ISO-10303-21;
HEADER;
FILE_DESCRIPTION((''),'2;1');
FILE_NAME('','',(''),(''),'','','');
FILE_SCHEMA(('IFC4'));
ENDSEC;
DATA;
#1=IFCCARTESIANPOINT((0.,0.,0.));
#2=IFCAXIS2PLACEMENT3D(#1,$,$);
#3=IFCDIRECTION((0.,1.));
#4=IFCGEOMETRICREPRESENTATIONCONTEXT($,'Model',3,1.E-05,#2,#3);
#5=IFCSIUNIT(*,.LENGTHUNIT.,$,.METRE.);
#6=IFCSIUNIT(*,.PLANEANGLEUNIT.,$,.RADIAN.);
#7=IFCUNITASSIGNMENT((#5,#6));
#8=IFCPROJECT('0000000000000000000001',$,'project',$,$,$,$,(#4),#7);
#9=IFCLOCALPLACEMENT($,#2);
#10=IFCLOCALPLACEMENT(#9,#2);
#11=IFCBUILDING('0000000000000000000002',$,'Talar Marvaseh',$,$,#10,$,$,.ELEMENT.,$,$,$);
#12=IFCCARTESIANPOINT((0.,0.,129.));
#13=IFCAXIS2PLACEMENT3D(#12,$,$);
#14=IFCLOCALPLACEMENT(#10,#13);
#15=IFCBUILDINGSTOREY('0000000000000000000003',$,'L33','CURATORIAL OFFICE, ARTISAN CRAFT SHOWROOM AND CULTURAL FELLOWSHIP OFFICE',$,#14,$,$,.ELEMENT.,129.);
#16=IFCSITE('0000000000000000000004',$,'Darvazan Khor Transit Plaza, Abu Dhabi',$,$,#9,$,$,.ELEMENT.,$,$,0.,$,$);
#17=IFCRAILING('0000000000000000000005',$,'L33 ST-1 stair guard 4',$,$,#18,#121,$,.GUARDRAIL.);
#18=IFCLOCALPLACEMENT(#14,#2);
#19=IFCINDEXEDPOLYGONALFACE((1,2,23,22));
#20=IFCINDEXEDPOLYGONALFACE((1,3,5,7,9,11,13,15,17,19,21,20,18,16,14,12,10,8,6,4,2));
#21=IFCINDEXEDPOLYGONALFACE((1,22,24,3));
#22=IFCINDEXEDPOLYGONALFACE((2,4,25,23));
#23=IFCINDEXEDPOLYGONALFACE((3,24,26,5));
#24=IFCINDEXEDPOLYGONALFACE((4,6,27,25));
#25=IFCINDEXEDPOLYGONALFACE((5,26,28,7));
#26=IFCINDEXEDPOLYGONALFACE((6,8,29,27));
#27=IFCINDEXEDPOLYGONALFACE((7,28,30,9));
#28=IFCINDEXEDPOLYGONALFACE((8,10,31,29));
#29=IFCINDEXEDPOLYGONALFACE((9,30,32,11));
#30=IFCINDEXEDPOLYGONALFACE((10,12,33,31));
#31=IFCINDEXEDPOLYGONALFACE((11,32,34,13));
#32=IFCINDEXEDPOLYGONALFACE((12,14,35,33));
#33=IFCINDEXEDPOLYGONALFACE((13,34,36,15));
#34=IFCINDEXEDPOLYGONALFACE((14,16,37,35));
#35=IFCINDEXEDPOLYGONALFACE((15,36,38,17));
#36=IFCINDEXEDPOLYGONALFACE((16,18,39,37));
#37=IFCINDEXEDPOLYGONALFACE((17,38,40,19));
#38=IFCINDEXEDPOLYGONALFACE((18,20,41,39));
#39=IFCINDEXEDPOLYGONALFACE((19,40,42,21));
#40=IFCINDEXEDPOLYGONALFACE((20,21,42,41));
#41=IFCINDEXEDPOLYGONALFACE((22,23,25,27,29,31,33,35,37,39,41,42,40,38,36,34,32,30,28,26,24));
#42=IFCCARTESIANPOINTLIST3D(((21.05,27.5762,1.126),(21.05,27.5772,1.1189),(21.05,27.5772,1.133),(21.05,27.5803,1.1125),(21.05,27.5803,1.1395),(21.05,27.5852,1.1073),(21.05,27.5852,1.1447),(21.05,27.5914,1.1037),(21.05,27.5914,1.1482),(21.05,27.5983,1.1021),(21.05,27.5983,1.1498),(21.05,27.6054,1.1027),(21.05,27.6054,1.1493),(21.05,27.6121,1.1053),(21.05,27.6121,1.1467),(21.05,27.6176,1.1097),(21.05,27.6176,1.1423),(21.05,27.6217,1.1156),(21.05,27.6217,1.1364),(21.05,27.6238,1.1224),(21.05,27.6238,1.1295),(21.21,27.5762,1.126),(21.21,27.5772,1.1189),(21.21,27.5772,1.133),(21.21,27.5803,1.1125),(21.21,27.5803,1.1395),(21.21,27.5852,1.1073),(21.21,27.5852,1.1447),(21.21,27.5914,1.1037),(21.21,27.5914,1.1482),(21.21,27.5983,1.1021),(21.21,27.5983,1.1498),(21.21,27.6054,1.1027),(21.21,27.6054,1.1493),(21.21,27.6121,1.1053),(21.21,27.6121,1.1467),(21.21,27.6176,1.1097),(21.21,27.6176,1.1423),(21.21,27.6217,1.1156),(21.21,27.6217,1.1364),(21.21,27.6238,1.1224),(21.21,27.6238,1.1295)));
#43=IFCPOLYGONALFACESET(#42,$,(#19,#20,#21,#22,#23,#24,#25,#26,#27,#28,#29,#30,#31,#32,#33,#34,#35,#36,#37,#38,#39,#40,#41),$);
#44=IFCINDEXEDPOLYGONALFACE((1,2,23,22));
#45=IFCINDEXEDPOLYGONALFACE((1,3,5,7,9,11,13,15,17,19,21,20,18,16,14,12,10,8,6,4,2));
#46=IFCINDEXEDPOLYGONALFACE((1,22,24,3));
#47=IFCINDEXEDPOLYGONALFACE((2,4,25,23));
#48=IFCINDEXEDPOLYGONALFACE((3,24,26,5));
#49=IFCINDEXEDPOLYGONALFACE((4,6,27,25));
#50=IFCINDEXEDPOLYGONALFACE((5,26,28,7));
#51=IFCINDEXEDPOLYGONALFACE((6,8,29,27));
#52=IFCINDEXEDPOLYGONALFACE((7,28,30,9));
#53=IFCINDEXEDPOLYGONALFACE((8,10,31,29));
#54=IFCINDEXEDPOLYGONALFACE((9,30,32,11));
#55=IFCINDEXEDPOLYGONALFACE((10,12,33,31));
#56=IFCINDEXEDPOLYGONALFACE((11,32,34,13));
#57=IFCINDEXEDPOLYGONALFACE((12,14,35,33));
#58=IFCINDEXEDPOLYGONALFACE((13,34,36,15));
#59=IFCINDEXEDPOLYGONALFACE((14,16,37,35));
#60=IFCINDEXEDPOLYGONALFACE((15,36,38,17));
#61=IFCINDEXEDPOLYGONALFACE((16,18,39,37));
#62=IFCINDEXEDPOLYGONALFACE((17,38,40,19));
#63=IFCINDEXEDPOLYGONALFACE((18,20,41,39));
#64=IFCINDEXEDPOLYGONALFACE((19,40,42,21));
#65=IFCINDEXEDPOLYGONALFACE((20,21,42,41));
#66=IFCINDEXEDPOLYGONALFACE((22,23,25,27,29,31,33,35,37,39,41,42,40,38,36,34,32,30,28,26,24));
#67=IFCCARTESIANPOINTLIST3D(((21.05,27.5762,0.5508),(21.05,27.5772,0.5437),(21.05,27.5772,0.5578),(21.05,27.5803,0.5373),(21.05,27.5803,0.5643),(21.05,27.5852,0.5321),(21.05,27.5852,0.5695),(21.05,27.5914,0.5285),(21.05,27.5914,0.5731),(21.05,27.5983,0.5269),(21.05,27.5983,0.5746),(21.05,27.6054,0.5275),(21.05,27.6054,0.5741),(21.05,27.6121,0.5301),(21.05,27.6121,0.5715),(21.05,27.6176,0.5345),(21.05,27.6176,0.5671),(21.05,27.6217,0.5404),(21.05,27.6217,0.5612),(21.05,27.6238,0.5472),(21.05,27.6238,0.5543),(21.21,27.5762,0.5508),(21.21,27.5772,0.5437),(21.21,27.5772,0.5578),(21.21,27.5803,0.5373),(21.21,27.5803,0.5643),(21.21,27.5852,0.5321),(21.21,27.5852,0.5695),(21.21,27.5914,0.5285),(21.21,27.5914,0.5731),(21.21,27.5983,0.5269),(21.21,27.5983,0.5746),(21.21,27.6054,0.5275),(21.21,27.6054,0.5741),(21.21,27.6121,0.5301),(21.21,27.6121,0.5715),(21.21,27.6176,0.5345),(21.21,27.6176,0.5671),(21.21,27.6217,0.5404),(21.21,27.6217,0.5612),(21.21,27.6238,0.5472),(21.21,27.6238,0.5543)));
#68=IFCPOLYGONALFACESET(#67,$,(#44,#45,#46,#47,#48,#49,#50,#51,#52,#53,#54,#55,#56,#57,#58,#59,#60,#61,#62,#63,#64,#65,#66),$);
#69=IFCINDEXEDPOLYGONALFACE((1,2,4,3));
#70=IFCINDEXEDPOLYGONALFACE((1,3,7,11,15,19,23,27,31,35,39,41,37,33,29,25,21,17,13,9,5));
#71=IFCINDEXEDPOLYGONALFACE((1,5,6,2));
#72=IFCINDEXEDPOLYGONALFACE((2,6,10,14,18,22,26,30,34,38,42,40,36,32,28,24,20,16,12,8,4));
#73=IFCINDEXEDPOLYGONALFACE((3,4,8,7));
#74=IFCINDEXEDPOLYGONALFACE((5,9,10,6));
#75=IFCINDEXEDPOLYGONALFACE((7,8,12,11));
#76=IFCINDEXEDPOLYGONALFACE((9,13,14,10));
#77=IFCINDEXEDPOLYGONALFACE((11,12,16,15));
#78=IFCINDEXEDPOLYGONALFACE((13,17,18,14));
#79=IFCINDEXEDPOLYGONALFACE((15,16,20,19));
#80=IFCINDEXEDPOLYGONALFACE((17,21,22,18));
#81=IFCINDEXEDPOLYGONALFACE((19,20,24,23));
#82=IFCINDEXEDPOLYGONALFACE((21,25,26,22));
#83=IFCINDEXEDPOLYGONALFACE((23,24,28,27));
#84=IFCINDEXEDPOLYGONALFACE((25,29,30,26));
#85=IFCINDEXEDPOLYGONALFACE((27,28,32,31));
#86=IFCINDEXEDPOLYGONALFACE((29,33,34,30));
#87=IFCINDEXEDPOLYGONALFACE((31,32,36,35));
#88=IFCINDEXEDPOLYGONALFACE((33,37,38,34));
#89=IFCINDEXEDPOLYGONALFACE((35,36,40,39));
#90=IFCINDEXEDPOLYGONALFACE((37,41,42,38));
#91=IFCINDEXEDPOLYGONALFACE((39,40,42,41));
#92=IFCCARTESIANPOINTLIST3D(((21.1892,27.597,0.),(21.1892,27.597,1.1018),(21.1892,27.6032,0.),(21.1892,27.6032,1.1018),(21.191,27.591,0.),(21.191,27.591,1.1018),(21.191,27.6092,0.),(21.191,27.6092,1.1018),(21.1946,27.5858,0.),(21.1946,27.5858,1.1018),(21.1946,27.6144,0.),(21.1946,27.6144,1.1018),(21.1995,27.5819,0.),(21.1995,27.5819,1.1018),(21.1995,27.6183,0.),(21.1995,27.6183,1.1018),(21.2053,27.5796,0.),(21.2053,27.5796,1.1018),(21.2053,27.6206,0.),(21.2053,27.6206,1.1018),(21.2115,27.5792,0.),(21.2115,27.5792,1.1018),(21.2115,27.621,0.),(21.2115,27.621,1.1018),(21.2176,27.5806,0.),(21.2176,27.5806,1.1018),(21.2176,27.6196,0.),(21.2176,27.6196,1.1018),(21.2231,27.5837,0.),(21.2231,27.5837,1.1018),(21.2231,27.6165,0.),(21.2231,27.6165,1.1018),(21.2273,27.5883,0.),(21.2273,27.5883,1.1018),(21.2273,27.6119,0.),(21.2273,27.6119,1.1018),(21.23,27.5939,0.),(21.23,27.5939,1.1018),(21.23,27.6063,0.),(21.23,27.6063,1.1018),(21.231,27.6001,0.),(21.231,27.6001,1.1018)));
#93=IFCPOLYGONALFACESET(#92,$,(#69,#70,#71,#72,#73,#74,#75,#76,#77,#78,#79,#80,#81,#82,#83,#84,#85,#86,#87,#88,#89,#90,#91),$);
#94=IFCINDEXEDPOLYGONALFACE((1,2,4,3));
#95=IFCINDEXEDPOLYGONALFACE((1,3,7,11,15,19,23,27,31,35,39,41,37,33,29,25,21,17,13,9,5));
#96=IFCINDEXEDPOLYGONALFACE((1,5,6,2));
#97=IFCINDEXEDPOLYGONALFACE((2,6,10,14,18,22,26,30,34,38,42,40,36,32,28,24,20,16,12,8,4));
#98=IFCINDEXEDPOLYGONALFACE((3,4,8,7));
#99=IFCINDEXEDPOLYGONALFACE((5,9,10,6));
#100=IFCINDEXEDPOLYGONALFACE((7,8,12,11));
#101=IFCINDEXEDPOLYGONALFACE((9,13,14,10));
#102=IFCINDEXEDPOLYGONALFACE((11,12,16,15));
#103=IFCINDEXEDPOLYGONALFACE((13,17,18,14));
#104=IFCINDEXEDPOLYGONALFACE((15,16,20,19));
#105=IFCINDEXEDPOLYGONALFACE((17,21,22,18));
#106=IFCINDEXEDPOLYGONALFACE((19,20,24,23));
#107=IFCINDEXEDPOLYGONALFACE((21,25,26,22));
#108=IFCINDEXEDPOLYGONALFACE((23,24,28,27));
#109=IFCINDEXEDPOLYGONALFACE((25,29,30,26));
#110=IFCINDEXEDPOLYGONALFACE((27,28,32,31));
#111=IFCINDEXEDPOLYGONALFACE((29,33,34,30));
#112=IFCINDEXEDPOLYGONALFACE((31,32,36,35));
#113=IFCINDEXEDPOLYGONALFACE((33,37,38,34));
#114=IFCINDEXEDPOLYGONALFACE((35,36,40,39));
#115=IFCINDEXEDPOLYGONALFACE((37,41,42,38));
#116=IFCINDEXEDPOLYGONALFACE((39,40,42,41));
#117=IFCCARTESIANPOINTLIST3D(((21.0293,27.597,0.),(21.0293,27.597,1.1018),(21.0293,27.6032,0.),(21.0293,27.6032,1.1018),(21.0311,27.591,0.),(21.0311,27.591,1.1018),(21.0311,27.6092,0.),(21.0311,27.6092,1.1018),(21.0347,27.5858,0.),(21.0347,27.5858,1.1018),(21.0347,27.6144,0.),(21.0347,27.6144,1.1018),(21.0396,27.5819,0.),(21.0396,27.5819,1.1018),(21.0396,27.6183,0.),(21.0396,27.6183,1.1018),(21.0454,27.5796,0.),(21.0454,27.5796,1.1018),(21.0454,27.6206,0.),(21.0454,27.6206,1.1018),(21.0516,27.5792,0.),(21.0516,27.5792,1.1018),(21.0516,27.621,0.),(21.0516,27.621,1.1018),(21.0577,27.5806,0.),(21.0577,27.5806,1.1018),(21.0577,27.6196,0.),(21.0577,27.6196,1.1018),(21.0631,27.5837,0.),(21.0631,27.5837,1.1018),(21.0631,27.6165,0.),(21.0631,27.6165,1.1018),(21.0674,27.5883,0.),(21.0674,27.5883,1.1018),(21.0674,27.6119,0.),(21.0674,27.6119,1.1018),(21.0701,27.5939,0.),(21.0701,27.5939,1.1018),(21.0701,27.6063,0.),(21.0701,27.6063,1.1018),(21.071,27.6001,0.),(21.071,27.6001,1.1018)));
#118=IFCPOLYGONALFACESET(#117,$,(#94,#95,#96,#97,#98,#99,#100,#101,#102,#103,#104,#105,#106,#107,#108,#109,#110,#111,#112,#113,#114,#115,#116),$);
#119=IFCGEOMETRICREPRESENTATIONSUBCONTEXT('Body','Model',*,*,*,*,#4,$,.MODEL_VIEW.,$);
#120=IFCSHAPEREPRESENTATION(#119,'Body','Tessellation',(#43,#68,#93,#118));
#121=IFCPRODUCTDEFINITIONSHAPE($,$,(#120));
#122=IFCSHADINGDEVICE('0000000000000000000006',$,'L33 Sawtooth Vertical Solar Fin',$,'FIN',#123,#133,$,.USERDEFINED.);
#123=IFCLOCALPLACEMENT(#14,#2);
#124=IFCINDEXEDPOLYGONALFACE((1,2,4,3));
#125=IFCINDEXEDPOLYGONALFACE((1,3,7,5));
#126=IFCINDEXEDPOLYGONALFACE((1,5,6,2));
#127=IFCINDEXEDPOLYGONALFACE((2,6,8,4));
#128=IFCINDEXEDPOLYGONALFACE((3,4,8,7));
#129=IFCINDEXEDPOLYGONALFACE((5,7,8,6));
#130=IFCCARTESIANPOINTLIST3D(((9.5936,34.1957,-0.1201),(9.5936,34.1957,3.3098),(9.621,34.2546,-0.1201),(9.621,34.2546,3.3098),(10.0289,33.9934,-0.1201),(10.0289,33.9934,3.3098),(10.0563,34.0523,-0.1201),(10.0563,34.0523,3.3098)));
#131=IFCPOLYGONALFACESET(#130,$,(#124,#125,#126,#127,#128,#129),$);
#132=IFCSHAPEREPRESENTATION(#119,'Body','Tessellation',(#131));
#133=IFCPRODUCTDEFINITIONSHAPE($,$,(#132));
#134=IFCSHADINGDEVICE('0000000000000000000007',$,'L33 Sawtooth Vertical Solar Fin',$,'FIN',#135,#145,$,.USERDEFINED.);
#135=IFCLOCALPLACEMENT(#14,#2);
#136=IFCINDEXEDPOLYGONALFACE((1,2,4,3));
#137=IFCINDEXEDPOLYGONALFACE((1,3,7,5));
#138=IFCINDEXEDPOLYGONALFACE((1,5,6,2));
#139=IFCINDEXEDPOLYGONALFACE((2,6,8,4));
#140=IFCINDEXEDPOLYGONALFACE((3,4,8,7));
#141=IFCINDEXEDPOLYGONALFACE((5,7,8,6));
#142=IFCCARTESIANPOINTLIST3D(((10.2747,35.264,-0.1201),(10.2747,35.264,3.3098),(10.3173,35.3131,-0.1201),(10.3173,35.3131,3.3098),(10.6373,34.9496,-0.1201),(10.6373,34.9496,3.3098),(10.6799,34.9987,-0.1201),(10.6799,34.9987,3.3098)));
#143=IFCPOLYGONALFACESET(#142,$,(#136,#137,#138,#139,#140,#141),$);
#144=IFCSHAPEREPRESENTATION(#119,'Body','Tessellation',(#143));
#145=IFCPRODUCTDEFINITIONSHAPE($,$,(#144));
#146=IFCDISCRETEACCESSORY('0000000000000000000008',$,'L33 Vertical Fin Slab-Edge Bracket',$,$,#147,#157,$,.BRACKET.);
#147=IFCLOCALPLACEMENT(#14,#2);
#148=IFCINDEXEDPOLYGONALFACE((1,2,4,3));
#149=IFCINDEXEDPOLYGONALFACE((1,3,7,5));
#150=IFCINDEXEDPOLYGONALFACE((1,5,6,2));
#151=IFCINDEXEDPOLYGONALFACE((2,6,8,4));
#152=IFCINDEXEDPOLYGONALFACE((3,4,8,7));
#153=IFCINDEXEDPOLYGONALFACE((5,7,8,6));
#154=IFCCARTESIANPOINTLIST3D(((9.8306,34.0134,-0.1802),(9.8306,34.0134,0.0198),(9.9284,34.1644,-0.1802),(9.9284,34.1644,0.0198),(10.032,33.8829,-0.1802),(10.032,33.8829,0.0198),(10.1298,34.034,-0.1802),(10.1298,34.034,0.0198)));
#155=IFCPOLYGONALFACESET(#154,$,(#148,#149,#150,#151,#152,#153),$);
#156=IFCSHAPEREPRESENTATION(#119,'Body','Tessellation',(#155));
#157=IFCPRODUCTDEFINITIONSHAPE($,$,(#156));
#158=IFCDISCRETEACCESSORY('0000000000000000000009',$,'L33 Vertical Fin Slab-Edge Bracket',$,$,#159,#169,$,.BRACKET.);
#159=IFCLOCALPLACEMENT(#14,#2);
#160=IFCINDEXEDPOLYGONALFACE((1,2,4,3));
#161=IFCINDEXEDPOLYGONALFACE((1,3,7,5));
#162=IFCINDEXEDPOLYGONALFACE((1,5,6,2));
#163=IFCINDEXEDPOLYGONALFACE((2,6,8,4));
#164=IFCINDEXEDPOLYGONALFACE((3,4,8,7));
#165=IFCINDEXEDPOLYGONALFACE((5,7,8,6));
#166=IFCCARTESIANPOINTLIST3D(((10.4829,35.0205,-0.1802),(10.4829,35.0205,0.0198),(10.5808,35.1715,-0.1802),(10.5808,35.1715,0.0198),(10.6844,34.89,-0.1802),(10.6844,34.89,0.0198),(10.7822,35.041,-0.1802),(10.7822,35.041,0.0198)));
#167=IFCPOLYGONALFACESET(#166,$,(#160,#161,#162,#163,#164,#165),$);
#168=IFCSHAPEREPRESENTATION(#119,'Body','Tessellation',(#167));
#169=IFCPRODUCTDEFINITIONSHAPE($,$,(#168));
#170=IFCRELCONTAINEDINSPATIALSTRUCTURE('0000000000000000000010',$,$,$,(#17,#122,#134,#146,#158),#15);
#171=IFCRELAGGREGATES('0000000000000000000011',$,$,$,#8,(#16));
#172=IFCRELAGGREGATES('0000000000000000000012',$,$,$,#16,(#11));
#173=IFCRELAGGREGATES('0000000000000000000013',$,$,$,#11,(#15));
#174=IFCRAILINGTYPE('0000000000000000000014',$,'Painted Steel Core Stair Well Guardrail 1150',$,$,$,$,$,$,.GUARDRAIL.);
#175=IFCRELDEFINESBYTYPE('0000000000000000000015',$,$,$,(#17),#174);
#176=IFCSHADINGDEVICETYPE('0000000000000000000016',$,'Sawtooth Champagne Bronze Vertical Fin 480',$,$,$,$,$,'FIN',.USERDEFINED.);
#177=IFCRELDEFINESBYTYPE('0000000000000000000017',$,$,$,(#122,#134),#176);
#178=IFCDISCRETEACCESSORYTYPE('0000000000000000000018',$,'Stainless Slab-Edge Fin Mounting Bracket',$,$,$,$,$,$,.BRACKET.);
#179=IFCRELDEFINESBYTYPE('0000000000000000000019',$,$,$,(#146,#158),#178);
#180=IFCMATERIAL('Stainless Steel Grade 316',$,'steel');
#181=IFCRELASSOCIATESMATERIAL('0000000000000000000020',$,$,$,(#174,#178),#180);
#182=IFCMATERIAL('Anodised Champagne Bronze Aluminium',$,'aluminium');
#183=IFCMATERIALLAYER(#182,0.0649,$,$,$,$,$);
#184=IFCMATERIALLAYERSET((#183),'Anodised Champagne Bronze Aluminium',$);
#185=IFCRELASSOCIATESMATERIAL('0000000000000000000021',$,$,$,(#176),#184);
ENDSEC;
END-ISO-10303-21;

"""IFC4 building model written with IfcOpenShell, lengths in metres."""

from ifc_helpers import new_model, si_unit, direction, frame, origin, origin_2d, place, context, subcontext, project, spatial, rectangle, circle, extrude, source, transform, mapped, material, layer, layer_set, type_object, type_shapes, element, save


model = new_model("IFC4")

# Units and contexts
model_context = context("Model", 3, precision=1e-05, world=origin(), true_north=direction((0.0, 1.0)))
body_context = subcontext(model_context, "Body", "Model", "MODEL_VIEW")
ifc_project = project(units=[si_unit("LENGTHUNIT", "METRE"), si_unit("PLANEANGLEUNIT", "RADIAN")], contexts=[model_context])

# Site, building, storey
site_placement = place(None, origin())
site = spatial("IfcSite", under=ifc_project, at=site_placement, Name="Darvazan Khor Transit Plaza, Abu Dhabi", CompositionType="ELEMENT", RefElevation=0.0)
building_placement = place(site_placement, origin())
building = spatial("IfcBuilding", under=site, at=building_placement, Name="Talar Marvaseh", CompositionType="ELEMENT")
storey_placement = place(building_placement, frame((0.0, 0.0, 129.0)))
storey = spatial("IfcBuildingStorey", under=building, at=storey_placement, Name="L33", Description="CURATORIAL OFFICE, ARTISAN CRAFT SHOWROOM AND CULTURAL FELLOWSHIP OFFICE", CompositionType="ELEMENT", Elevation=129.0)

# Railing
ifc_material_1 = material(Name="Stainless Steel Grade 316", Category="steel")
railing_type_1 = type_object("IfcRailingType", Name="Painted Steel Core Stair Well Guardrail 1150", PredefinedType="GUARDRAIL", material=ifc_material_1)
railing_1_placement = place(storey_placement, frame((21.21, 27.6001, 0.0)))
element("IfcRailing", 1, at=railing_1_placement, inside=storey, type_object=railing_type_1, Name="L33 ST-1 stair guard 4", PredefinedType="GUARDRAIL", context=body_context, shape_type="SweptSolid", body=[
    extrude(circle(Radius=0.0239, at=origin_2d()), frame((0.0, 0.0, 1.126), z_axis=(-1.0, 0.0, 0.0), x_axis=(0.0, -1.0, 0.0)), (0.0, 0.0, 1.0), 0.1599),
    extrude(circle(Radius=0.0239, at=origin_2d()), frame((0.0, 0.0, 0.5508), z_axis=(-1.0, 0.0, 0.0), x_axis=(0.0, -1.0, 0.0)), (0.0, 0.0, 1.0), 0.1599),
    extrude(circle(Radius=0.021, at=origin_2d()), origin(), (0.0, 0.0, 1.0), 1.1018),
    extrude(circle(Radius=0.021, at=origin_2d()), frame((-0.1599, 0.0, 0.0)), (0.0, 0.0, 1.0), 1.1018),
])

# Shading devices
ifc_material_2 = material(Name="Anodised Champagne Bronze Aluminium", Category="aluminium")
ifc_layer_1 = layer(ifc_material_2, 0.0649)
ifc_layer_set_1 = layer_set([ifc_layer_1], Name="Anodised Champagne Bronze Aluminium")
shading_device_type = type_object("IfcShadingDeviceType", Name="Sawtooth Champagne Bronze Vertical Fin 480", ElementType="FIN", PredefinedType="USERDEFINED", material=ifc_layer_set_1)
shared_shape_1 = source(origin(), body_context, "Body", "SweptSolid", [
    extrude(rectangle(XDim=0.48, YDim=0.0649, at=origin_2d()), origin(), (0.0, 0.0, 1.0), 3.4299),
])
type_shapes(shading_device_type, [shared_shape_1])
for number, where, z_axis, x_axis, name in (
    (2, (9.825, 34.124, -0.1201), (0.0, 0.0, 1.0), (-0.906823, 0.421511, 0.0), "L33 Sawtooth Vertical Solar Fin"),
    (3, (10.4773, 35.1313, -0.1201), (0.0, 0.0, 1.0), (-0.755511, 0.655136, 0.0), "L33 Sawtooth Vertical Solar Fin"),
):
    element("IfcShadingDevice", number, at=place(storey_placement, frame(where, z_axis=z_axis, x_axis=x_axis)), inside=storey, type_object=shading_device_type, Name=name, ObjectType="FIN", PredefinedType="USERDEFINED", context=body_context, shape_type="MappedRepresentation", body=[
        mapped(shared_shape_1, transform((0.0, 0.0, 0.0), x_axis=(1.0, 0.0, 0.0), y_axis=(0.0, 1.0, 0.0), z_axis=(0.0, 0.0, 1.0), scale=1.0)),
    ])

# Discrete accessories
discrete_accessory_type = type_object("IfcDiscreteAccessoryType", Name="Stainless Slab-Edge Fin Mounting Bracket", PredefinedType="BRACKET", material=ifc_material_1)
shared_shape_2 = source(origin(), body_context, "Body", "SweptSolid", [
    extrude(rectangle(XDim=0.24, YDim=0.1799, at=origin_2d()), origin(), (0.0, 0.0, 1.0), 0.2),
])
type_shapes(discrete_accessory_type, [shared_shape_2])
for number, where, z_axis, x_axis, name in (
    (4, (9.9802, 34.0237, -0.1802), (0.0, 0.0, 1.0), (-0.839335, 0.543614, 0.0), "L33 Vertical Fin Slab-Edge Bracket"),
    (5, (10.6326, 35.0308, -0.1802), (0.0, 0.0, 1.0), (-0.839335, 0.543614, 0.0), "L33 Vertical Fin Slab-Edge Bracket"),
):
    element("IfcDiscreteAccessory", number, at=place(storey_placement, frame(where, z_axis=z_axis, x_axis=x_axis)), inside=storey, type_object=discrete_accessory_type, Name=name, PredefinedType="BRACKET", context=body_context, shape_type="MappedRepresentation", body=[
        mapped(shared_shape_2, transform((0.0, 0.0, 0.0), x_axis=(1.0, 0.0, 0.0), y_axis=(0.0, 1.0, 0.0), z_axis=(0.0, 0.0, 1.0), scale=1.0)),
    ])

save(model, "model.ifc")
